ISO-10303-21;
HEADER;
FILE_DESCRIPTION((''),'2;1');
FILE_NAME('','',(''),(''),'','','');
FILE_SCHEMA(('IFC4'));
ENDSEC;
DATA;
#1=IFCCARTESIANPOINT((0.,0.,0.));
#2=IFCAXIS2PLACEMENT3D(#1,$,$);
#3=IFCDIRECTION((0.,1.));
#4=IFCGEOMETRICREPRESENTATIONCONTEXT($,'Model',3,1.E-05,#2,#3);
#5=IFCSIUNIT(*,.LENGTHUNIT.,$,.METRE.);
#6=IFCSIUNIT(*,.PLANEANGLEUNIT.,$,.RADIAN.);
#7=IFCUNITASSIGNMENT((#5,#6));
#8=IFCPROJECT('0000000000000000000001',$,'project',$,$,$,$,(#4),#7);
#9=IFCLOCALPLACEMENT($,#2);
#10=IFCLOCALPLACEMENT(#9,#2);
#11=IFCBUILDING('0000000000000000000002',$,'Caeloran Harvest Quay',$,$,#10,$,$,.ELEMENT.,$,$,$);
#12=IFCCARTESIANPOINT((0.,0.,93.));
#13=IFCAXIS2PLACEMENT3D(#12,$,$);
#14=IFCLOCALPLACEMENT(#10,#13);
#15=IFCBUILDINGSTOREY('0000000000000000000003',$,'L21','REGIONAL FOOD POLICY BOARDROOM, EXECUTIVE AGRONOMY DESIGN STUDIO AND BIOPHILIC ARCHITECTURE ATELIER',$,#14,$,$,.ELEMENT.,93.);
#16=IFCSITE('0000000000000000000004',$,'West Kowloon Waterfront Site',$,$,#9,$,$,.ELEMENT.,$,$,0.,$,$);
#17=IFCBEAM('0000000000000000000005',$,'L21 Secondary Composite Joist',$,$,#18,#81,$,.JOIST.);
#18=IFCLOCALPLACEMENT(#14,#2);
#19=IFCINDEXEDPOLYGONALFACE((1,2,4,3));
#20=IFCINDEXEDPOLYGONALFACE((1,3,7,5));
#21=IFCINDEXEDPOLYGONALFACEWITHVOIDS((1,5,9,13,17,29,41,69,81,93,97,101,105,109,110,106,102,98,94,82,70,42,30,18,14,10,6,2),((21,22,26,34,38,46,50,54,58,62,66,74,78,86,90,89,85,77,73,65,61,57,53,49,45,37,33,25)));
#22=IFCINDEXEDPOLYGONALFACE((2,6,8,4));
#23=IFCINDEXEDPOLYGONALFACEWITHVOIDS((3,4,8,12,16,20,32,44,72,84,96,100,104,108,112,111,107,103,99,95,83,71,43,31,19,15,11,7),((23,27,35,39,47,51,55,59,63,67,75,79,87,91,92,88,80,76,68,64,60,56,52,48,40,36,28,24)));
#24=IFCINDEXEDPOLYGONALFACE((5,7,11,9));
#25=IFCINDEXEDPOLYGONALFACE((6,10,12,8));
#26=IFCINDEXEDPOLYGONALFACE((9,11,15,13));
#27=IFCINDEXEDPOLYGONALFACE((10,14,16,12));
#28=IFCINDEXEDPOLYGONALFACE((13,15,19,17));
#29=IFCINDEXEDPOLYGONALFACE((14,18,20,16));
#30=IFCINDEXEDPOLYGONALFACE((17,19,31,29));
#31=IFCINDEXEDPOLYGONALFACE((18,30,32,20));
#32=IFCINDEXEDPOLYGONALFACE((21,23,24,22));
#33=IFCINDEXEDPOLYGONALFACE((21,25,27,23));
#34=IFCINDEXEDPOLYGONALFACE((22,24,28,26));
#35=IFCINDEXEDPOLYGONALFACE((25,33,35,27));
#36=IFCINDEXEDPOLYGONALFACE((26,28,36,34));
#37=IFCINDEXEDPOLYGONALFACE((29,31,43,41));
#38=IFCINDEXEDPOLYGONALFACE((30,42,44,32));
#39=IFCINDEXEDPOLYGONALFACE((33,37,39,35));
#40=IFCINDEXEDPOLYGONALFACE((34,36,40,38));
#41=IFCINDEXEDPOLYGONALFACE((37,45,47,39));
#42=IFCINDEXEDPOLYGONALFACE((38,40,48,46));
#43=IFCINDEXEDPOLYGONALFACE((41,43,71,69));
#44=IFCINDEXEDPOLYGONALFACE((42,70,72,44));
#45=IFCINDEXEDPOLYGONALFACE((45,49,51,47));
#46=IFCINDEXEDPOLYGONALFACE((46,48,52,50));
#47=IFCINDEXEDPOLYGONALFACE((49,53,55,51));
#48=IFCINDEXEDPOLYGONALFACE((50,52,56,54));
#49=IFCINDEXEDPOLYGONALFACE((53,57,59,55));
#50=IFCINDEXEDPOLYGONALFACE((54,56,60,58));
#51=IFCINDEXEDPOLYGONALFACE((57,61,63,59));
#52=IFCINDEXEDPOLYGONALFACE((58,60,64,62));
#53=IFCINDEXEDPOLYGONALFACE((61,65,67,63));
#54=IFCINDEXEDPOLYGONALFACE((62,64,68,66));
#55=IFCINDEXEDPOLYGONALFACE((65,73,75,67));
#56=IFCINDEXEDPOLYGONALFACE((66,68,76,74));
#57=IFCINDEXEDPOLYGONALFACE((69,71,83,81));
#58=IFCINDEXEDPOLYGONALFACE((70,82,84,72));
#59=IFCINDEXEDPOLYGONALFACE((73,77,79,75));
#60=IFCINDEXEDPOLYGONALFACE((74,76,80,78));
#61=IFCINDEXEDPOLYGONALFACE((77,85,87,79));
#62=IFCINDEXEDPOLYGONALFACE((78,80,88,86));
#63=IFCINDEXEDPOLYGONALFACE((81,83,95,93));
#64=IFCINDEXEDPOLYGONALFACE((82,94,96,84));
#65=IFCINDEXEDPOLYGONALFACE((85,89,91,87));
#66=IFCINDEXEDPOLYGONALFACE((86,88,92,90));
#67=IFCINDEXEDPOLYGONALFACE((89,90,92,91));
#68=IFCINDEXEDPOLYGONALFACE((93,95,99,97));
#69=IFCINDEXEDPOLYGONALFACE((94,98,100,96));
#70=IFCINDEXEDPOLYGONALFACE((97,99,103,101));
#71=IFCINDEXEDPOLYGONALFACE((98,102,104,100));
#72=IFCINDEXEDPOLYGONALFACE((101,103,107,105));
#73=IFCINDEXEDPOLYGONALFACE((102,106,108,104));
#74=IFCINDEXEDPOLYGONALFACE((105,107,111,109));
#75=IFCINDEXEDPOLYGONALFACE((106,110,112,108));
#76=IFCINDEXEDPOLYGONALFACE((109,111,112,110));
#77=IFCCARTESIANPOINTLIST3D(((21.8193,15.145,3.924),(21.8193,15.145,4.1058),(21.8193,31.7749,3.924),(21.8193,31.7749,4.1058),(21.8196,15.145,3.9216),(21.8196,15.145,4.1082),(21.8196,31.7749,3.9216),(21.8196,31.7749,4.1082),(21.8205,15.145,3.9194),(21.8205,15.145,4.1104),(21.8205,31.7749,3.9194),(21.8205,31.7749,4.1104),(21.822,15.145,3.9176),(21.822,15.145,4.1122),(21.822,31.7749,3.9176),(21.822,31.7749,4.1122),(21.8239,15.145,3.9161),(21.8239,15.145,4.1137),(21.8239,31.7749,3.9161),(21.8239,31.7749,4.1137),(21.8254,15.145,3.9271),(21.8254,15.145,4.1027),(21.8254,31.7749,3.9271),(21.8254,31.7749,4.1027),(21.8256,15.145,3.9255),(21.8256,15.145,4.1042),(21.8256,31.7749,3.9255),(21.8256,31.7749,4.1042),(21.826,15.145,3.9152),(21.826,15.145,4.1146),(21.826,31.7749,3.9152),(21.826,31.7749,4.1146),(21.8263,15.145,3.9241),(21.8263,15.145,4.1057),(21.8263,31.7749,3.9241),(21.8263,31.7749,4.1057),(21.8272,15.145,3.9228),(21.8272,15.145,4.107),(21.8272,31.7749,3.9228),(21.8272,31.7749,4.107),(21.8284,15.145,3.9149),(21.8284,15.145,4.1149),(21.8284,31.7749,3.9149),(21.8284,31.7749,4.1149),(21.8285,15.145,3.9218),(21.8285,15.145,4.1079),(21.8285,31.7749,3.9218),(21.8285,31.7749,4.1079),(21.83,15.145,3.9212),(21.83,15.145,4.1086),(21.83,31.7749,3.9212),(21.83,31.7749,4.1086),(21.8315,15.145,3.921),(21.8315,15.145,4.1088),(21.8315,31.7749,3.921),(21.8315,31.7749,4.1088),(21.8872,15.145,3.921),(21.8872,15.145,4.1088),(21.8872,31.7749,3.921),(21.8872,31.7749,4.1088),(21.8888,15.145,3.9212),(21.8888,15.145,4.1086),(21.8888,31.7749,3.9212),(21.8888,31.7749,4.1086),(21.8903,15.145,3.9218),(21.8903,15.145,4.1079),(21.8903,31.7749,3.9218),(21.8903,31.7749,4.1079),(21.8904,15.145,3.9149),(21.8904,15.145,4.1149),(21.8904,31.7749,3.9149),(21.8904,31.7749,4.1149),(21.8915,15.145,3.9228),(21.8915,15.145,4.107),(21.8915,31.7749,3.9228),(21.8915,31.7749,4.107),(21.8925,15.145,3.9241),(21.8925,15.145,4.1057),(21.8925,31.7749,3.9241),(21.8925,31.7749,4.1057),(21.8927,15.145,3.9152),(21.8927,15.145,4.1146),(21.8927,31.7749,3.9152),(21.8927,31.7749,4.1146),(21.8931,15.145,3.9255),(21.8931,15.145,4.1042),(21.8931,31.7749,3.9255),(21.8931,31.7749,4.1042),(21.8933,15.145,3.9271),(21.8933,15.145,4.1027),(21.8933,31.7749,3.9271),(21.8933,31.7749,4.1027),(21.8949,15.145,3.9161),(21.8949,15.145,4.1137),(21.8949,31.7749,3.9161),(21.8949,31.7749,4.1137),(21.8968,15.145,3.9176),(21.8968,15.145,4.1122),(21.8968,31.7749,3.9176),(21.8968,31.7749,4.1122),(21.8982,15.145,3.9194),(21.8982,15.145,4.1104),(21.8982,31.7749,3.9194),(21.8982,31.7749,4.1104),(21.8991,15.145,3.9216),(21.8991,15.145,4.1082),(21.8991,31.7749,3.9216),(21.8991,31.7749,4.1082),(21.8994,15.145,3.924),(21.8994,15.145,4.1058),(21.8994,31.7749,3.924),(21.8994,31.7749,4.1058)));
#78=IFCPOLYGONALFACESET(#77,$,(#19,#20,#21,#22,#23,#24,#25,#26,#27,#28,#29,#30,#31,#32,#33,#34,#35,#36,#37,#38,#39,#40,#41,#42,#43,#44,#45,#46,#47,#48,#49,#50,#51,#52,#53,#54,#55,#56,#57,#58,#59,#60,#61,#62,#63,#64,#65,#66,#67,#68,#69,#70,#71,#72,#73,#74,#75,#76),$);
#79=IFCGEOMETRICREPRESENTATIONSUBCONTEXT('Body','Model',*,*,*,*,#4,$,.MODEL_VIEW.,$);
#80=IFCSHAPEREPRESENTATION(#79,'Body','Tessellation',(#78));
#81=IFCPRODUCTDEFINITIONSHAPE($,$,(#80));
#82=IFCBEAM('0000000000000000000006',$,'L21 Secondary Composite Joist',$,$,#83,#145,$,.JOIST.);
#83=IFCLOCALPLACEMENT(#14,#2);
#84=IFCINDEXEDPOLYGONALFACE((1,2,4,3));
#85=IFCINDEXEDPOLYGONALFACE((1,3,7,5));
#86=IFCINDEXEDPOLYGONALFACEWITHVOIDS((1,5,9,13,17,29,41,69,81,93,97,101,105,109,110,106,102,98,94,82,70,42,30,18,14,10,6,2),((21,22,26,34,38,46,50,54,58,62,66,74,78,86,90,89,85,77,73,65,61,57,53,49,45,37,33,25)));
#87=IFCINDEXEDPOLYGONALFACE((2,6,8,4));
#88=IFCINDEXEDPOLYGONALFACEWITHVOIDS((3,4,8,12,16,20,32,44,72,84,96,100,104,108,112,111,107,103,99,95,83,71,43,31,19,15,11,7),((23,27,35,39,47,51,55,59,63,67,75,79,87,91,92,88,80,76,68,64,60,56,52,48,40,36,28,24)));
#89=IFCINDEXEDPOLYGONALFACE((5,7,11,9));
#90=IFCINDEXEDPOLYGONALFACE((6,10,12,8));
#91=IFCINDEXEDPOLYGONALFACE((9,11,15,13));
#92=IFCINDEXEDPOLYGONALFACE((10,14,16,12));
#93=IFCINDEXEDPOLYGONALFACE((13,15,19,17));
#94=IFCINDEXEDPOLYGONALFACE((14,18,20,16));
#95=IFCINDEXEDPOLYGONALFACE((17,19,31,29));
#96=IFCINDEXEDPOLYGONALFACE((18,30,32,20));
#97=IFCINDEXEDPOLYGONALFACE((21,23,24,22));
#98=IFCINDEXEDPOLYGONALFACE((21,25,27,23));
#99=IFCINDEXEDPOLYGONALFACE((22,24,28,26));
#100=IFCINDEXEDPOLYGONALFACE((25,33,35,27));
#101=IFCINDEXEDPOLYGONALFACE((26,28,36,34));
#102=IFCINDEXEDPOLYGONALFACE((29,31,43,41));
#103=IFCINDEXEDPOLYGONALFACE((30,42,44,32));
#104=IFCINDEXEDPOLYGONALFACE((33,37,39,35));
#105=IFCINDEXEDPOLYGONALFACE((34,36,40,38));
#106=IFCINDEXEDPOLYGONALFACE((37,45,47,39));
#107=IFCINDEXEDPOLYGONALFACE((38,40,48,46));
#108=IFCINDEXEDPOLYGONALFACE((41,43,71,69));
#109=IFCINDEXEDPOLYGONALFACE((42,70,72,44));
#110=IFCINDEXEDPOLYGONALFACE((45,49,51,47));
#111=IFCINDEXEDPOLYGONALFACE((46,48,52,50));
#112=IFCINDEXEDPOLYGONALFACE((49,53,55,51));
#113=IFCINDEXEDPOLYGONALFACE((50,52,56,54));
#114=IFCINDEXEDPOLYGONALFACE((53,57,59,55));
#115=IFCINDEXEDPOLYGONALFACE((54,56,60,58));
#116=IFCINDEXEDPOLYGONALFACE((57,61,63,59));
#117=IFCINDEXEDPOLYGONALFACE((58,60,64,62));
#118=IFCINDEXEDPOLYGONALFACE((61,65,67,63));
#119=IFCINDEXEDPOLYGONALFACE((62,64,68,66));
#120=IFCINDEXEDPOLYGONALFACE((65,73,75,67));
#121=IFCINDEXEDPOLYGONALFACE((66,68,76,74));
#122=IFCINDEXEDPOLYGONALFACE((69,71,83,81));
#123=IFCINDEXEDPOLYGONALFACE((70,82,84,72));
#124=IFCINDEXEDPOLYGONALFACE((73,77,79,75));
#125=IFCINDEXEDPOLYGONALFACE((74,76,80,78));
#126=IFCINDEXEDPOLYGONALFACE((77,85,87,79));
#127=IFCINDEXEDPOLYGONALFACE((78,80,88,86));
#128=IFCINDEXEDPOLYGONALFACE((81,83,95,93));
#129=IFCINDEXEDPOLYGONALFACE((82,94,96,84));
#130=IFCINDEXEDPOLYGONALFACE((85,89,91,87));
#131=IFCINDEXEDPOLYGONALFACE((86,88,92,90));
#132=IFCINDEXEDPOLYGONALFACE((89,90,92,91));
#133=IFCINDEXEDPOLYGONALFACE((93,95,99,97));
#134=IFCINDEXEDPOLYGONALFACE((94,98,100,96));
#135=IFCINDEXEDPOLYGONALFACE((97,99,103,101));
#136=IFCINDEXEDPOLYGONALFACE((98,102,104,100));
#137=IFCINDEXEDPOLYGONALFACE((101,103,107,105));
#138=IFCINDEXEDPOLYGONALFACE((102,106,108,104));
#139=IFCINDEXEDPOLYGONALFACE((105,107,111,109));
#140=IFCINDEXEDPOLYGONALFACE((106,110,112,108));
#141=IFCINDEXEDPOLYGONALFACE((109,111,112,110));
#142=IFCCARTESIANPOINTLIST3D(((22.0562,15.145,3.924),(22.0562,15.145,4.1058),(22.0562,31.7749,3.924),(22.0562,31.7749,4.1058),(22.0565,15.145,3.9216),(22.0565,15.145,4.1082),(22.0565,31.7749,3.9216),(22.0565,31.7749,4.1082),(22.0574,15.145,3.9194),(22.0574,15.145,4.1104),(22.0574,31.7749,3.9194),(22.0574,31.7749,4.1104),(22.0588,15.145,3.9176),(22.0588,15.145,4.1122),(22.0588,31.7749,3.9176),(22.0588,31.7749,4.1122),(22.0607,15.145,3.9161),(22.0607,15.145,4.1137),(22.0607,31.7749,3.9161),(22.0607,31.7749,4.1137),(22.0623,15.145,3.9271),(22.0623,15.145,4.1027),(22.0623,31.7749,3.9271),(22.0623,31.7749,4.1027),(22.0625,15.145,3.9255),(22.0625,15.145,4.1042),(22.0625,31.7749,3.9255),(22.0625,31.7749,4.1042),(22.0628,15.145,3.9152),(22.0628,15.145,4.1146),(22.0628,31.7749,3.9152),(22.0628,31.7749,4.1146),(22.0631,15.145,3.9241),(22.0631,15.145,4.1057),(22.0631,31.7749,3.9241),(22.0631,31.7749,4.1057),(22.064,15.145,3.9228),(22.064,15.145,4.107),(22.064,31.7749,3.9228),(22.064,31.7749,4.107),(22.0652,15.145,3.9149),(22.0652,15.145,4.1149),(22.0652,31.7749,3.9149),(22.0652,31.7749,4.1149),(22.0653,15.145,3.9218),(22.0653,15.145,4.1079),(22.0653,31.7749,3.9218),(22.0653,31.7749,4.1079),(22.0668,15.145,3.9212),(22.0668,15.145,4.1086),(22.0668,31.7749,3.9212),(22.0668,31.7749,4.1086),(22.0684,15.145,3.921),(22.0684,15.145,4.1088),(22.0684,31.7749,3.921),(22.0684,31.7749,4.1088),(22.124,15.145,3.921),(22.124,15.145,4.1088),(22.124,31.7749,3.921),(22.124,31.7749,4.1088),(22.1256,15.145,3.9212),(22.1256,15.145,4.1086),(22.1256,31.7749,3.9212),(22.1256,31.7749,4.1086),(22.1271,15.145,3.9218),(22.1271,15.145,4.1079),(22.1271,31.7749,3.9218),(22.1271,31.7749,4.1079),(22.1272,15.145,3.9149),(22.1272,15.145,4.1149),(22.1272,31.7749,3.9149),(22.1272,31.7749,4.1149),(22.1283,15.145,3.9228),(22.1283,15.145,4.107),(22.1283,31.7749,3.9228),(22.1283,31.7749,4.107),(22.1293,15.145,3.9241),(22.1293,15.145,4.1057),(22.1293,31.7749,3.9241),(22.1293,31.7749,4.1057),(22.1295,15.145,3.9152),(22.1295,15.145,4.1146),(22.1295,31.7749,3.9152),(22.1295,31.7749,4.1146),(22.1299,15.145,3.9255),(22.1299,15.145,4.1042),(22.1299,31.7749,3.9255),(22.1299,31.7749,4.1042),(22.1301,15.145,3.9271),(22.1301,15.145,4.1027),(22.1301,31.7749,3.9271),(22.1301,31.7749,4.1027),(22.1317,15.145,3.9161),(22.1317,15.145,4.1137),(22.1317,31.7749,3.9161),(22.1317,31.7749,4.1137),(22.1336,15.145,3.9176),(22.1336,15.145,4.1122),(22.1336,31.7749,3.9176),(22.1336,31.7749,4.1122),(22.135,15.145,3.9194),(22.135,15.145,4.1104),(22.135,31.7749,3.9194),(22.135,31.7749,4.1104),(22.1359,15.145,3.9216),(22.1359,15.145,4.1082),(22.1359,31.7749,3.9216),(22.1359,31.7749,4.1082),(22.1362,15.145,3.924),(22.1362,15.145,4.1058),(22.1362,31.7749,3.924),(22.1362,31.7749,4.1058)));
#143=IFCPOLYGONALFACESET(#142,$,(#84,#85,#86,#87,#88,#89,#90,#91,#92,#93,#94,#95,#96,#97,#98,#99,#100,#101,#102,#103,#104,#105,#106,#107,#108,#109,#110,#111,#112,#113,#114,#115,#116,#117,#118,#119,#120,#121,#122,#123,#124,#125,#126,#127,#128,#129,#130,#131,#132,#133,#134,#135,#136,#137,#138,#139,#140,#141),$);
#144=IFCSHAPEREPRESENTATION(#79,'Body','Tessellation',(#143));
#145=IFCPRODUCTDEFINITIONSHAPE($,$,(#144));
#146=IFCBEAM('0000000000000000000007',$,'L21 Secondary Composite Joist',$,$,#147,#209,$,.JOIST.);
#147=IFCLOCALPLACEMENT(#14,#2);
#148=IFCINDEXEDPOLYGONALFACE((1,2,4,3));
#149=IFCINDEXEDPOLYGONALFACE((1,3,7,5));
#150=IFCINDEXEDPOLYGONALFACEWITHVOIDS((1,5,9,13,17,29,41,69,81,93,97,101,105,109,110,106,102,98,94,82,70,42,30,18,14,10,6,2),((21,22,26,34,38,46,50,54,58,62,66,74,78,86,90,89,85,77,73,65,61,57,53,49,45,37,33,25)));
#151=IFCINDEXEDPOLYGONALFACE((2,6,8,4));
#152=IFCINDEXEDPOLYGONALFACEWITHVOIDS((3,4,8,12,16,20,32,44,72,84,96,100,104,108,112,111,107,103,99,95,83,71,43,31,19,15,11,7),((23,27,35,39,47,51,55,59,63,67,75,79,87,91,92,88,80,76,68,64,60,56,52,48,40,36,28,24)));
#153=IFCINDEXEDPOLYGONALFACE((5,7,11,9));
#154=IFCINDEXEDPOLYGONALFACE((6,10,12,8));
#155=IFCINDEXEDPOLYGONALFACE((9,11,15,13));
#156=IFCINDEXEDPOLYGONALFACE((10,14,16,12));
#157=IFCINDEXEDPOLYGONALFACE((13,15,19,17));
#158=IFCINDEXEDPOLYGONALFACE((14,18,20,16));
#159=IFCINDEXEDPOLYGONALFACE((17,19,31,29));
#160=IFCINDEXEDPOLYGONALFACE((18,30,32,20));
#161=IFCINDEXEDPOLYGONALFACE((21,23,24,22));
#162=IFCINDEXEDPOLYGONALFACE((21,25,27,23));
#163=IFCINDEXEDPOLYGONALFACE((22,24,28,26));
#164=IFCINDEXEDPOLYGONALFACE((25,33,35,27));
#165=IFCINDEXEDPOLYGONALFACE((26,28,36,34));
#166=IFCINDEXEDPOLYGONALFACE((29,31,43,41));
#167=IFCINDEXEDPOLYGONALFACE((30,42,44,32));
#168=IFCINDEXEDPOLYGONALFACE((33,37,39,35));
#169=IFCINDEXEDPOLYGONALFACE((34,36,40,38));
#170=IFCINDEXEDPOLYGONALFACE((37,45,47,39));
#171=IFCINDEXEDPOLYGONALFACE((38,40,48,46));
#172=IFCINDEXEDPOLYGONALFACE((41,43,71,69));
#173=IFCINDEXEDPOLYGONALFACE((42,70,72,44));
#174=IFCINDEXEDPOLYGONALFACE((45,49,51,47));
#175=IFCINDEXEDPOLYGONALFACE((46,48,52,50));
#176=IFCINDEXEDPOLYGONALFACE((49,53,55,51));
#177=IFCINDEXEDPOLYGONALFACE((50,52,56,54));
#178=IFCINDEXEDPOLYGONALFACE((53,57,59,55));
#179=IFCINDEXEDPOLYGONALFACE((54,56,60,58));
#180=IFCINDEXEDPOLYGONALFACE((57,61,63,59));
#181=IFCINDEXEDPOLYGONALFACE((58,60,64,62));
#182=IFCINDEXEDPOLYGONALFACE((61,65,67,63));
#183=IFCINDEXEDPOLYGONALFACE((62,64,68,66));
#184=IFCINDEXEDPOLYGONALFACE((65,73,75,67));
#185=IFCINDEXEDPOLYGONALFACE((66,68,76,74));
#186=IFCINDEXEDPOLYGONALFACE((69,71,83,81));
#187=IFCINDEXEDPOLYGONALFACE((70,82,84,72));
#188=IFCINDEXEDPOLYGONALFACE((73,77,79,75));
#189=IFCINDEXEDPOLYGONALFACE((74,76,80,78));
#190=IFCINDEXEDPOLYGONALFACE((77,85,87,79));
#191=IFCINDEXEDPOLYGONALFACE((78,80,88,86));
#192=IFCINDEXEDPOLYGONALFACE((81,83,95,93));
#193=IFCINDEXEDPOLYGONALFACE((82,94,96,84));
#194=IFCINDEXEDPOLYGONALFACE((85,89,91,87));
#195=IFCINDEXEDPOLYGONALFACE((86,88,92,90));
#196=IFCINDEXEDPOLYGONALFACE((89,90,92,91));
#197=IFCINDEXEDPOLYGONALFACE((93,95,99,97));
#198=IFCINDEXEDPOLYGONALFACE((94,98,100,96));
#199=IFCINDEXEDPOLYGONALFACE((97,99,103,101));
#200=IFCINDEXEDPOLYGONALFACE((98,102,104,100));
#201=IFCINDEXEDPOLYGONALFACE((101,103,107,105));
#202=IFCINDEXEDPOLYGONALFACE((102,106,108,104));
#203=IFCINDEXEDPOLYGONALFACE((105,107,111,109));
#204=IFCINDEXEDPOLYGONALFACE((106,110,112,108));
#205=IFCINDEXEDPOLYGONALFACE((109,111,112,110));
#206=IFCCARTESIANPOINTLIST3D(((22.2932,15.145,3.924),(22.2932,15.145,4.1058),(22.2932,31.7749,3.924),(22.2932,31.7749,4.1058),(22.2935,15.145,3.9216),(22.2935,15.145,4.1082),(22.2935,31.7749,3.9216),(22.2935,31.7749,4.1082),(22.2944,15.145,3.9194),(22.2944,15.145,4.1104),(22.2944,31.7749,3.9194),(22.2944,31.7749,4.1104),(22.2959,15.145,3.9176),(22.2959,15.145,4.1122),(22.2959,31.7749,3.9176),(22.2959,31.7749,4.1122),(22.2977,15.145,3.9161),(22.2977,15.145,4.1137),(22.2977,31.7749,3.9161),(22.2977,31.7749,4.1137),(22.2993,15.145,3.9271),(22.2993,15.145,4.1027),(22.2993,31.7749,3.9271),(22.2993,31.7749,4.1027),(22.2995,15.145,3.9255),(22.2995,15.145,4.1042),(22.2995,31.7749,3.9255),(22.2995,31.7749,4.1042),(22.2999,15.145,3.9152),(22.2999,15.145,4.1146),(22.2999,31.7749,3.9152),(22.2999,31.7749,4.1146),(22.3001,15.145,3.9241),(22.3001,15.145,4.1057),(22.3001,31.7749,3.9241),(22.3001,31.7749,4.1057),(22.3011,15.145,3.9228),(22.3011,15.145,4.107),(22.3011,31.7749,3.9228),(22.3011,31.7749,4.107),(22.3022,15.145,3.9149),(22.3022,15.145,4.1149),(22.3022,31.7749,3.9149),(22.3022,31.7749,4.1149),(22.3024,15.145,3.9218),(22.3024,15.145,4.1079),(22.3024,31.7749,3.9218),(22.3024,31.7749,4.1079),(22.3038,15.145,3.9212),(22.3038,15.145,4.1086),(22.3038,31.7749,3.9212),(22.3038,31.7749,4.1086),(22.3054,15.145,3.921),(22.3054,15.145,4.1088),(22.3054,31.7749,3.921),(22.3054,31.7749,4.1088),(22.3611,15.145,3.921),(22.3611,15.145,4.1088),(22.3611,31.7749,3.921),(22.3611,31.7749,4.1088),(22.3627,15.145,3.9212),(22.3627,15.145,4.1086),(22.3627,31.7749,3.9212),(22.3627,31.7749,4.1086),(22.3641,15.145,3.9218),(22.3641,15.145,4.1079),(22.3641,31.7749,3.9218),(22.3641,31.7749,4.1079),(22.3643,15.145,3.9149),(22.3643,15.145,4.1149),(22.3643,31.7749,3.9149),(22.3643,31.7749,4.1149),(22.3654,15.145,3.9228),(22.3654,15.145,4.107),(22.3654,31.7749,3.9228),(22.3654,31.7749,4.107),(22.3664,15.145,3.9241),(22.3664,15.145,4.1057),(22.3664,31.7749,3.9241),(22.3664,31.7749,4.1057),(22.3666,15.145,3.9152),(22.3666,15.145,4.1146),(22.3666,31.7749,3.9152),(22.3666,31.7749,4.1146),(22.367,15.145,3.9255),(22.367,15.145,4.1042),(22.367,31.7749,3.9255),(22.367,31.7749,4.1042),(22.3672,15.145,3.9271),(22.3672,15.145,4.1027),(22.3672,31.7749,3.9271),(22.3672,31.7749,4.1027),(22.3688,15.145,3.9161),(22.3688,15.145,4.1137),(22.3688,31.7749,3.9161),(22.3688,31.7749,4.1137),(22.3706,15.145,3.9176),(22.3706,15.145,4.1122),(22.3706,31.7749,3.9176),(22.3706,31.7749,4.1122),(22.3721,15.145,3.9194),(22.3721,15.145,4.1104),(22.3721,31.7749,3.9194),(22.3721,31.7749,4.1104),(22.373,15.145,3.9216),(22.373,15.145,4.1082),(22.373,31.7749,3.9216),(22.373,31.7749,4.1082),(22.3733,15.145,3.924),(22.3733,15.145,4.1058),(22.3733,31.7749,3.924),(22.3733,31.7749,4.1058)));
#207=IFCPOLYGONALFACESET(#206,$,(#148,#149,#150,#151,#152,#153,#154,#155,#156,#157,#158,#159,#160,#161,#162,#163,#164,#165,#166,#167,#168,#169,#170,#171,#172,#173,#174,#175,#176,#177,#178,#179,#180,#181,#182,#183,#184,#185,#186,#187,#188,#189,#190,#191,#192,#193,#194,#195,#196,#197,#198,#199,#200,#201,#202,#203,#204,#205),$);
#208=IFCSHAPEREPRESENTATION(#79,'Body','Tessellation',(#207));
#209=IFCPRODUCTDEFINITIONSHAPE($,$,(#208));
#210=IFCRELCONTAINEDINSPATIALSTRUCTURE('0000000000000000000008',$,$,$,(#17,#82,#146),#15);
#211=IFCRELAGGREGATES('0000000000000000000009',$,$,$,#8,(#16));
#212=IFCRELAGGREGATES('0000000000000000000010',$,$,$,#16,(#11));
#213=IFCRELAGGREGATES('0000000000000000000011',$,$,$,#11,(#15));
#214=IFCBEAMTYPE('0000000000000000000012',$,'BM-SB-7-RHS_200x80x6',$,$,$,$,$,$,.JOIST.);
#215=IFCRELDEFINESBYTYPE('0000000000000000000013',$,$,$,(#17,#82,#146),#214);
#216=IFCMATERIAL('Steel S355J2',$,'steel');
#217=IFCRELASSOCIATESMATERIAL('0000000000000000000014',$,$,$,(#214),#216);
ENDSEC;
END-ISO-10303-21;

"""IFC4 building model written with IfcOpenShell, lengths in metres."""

from ifc_helpers import new_model, si_unit, direction, frame, origin, origin_2d, place, context, subcontext, project, spatial, hollow_rectangle, extrude, material, material_profile, profile_set, type_object, element, save


model = new_model("IFC4")

# Units and contexts
model_context = context("Model", 3, precision=1e-05, world=origin(), true_north=direction((0.0, 1.0)))
body_context = subcontext(model_context, "Body", "Model", "MODEL_VIEW")
ifc_project = project(units=[si_unit("LENGTHUNIT", "METRE"), si_unit("PLANEANGLEUNIT", "RADIAN")], contexts=[model_context])

# Site, building, storey
site_placement = place(None, origin())
site = spatial("IfcSite", under=ifc_project, at=site_placement, Name="West Kowloon Waterfront Site", CompositionType="ELEMENT", RefElevation=0.0)
building_placement = place(site_placement, origin())
building = spatial("IfcBuilding", under=site, at=building_placement, Name="Caeloran Harvest Quay", CompositionType="ELEMENT")
storey_placement = place(building_placement, frame((0.0, 0.0, 93.0)))
storey = spatial("IfcBuildingStorey", under=building, at=storey_placement, Name="L21", Description="REGIONAL FOOD POLICY BOARDROOM, EXECUTIVE AGRONOMY DESIGN STUDIO AND BIOPHILIC ARCHITECTURE ATELIER", CompositionType="ELEMENT", Elevation=93.0)

# Beams
ifc_material_1 = material(Name="Steel S355J2", Category="steel")
ifc_material_profile_1 = material_profile(ifc_material_1, hollow_rectangle(XDim=0.0801, YDim=0.2, WallThickness=0.0061, InnerFilletRadius=0.0061, OuterFilletRadius=0.009, at=origin_2d()), Name="RHS 200x80x6")
ifc_profile_set_1 = profile_set([ifc_material_profile_1], Name="Steel S355J2")
beam_type_1 = type_object("IfcBeamType", Name="BM-SB-7-RHS_200x80x6", PredefinedType="JOIST", material=ifc_profile_set_1)
for number, where, z_axis, x_axis, name in (
    (1, (21.8594, 15.145, 4.0149), (0.0, 1.0, 0.0), (-1.0, 0.0, 0.0), "L21 Secondary Composite Joist"),
    (2, (22.0962, 15.145, 4.0149), (0.0, 1.0, 0.0), (-1.0, 0.0, 0.0), "L21 Secondary Composite Joist"),
    (3, (22.3333, 15.145, 4.0149), (0.0, 1.0, 0.0), (-1.0, 0.0, 0.0), "L21 Secondary Composite Joist"),
):
    element("IfcBeam", number, at=place(storey_placement, frame(where, z_axis=z_axis, x_axis=x_axis)), inside=storey, type_object=beam_type_1, Name=name, PredefinedType="JOIST", context=body_context, shape_type="SweptSolid", body=[
        extrude(hollow_rectangle(XDim=0.0801, YDim=0.2, WallThickness=0.0061, InnerFilletRadius=0.0061, OuterFilletRadius=0.009, at=origin_2d()), origin(), (0.0, 0.0, 1.0), 16.6299),
    ])

save(model, "model.ifc")
